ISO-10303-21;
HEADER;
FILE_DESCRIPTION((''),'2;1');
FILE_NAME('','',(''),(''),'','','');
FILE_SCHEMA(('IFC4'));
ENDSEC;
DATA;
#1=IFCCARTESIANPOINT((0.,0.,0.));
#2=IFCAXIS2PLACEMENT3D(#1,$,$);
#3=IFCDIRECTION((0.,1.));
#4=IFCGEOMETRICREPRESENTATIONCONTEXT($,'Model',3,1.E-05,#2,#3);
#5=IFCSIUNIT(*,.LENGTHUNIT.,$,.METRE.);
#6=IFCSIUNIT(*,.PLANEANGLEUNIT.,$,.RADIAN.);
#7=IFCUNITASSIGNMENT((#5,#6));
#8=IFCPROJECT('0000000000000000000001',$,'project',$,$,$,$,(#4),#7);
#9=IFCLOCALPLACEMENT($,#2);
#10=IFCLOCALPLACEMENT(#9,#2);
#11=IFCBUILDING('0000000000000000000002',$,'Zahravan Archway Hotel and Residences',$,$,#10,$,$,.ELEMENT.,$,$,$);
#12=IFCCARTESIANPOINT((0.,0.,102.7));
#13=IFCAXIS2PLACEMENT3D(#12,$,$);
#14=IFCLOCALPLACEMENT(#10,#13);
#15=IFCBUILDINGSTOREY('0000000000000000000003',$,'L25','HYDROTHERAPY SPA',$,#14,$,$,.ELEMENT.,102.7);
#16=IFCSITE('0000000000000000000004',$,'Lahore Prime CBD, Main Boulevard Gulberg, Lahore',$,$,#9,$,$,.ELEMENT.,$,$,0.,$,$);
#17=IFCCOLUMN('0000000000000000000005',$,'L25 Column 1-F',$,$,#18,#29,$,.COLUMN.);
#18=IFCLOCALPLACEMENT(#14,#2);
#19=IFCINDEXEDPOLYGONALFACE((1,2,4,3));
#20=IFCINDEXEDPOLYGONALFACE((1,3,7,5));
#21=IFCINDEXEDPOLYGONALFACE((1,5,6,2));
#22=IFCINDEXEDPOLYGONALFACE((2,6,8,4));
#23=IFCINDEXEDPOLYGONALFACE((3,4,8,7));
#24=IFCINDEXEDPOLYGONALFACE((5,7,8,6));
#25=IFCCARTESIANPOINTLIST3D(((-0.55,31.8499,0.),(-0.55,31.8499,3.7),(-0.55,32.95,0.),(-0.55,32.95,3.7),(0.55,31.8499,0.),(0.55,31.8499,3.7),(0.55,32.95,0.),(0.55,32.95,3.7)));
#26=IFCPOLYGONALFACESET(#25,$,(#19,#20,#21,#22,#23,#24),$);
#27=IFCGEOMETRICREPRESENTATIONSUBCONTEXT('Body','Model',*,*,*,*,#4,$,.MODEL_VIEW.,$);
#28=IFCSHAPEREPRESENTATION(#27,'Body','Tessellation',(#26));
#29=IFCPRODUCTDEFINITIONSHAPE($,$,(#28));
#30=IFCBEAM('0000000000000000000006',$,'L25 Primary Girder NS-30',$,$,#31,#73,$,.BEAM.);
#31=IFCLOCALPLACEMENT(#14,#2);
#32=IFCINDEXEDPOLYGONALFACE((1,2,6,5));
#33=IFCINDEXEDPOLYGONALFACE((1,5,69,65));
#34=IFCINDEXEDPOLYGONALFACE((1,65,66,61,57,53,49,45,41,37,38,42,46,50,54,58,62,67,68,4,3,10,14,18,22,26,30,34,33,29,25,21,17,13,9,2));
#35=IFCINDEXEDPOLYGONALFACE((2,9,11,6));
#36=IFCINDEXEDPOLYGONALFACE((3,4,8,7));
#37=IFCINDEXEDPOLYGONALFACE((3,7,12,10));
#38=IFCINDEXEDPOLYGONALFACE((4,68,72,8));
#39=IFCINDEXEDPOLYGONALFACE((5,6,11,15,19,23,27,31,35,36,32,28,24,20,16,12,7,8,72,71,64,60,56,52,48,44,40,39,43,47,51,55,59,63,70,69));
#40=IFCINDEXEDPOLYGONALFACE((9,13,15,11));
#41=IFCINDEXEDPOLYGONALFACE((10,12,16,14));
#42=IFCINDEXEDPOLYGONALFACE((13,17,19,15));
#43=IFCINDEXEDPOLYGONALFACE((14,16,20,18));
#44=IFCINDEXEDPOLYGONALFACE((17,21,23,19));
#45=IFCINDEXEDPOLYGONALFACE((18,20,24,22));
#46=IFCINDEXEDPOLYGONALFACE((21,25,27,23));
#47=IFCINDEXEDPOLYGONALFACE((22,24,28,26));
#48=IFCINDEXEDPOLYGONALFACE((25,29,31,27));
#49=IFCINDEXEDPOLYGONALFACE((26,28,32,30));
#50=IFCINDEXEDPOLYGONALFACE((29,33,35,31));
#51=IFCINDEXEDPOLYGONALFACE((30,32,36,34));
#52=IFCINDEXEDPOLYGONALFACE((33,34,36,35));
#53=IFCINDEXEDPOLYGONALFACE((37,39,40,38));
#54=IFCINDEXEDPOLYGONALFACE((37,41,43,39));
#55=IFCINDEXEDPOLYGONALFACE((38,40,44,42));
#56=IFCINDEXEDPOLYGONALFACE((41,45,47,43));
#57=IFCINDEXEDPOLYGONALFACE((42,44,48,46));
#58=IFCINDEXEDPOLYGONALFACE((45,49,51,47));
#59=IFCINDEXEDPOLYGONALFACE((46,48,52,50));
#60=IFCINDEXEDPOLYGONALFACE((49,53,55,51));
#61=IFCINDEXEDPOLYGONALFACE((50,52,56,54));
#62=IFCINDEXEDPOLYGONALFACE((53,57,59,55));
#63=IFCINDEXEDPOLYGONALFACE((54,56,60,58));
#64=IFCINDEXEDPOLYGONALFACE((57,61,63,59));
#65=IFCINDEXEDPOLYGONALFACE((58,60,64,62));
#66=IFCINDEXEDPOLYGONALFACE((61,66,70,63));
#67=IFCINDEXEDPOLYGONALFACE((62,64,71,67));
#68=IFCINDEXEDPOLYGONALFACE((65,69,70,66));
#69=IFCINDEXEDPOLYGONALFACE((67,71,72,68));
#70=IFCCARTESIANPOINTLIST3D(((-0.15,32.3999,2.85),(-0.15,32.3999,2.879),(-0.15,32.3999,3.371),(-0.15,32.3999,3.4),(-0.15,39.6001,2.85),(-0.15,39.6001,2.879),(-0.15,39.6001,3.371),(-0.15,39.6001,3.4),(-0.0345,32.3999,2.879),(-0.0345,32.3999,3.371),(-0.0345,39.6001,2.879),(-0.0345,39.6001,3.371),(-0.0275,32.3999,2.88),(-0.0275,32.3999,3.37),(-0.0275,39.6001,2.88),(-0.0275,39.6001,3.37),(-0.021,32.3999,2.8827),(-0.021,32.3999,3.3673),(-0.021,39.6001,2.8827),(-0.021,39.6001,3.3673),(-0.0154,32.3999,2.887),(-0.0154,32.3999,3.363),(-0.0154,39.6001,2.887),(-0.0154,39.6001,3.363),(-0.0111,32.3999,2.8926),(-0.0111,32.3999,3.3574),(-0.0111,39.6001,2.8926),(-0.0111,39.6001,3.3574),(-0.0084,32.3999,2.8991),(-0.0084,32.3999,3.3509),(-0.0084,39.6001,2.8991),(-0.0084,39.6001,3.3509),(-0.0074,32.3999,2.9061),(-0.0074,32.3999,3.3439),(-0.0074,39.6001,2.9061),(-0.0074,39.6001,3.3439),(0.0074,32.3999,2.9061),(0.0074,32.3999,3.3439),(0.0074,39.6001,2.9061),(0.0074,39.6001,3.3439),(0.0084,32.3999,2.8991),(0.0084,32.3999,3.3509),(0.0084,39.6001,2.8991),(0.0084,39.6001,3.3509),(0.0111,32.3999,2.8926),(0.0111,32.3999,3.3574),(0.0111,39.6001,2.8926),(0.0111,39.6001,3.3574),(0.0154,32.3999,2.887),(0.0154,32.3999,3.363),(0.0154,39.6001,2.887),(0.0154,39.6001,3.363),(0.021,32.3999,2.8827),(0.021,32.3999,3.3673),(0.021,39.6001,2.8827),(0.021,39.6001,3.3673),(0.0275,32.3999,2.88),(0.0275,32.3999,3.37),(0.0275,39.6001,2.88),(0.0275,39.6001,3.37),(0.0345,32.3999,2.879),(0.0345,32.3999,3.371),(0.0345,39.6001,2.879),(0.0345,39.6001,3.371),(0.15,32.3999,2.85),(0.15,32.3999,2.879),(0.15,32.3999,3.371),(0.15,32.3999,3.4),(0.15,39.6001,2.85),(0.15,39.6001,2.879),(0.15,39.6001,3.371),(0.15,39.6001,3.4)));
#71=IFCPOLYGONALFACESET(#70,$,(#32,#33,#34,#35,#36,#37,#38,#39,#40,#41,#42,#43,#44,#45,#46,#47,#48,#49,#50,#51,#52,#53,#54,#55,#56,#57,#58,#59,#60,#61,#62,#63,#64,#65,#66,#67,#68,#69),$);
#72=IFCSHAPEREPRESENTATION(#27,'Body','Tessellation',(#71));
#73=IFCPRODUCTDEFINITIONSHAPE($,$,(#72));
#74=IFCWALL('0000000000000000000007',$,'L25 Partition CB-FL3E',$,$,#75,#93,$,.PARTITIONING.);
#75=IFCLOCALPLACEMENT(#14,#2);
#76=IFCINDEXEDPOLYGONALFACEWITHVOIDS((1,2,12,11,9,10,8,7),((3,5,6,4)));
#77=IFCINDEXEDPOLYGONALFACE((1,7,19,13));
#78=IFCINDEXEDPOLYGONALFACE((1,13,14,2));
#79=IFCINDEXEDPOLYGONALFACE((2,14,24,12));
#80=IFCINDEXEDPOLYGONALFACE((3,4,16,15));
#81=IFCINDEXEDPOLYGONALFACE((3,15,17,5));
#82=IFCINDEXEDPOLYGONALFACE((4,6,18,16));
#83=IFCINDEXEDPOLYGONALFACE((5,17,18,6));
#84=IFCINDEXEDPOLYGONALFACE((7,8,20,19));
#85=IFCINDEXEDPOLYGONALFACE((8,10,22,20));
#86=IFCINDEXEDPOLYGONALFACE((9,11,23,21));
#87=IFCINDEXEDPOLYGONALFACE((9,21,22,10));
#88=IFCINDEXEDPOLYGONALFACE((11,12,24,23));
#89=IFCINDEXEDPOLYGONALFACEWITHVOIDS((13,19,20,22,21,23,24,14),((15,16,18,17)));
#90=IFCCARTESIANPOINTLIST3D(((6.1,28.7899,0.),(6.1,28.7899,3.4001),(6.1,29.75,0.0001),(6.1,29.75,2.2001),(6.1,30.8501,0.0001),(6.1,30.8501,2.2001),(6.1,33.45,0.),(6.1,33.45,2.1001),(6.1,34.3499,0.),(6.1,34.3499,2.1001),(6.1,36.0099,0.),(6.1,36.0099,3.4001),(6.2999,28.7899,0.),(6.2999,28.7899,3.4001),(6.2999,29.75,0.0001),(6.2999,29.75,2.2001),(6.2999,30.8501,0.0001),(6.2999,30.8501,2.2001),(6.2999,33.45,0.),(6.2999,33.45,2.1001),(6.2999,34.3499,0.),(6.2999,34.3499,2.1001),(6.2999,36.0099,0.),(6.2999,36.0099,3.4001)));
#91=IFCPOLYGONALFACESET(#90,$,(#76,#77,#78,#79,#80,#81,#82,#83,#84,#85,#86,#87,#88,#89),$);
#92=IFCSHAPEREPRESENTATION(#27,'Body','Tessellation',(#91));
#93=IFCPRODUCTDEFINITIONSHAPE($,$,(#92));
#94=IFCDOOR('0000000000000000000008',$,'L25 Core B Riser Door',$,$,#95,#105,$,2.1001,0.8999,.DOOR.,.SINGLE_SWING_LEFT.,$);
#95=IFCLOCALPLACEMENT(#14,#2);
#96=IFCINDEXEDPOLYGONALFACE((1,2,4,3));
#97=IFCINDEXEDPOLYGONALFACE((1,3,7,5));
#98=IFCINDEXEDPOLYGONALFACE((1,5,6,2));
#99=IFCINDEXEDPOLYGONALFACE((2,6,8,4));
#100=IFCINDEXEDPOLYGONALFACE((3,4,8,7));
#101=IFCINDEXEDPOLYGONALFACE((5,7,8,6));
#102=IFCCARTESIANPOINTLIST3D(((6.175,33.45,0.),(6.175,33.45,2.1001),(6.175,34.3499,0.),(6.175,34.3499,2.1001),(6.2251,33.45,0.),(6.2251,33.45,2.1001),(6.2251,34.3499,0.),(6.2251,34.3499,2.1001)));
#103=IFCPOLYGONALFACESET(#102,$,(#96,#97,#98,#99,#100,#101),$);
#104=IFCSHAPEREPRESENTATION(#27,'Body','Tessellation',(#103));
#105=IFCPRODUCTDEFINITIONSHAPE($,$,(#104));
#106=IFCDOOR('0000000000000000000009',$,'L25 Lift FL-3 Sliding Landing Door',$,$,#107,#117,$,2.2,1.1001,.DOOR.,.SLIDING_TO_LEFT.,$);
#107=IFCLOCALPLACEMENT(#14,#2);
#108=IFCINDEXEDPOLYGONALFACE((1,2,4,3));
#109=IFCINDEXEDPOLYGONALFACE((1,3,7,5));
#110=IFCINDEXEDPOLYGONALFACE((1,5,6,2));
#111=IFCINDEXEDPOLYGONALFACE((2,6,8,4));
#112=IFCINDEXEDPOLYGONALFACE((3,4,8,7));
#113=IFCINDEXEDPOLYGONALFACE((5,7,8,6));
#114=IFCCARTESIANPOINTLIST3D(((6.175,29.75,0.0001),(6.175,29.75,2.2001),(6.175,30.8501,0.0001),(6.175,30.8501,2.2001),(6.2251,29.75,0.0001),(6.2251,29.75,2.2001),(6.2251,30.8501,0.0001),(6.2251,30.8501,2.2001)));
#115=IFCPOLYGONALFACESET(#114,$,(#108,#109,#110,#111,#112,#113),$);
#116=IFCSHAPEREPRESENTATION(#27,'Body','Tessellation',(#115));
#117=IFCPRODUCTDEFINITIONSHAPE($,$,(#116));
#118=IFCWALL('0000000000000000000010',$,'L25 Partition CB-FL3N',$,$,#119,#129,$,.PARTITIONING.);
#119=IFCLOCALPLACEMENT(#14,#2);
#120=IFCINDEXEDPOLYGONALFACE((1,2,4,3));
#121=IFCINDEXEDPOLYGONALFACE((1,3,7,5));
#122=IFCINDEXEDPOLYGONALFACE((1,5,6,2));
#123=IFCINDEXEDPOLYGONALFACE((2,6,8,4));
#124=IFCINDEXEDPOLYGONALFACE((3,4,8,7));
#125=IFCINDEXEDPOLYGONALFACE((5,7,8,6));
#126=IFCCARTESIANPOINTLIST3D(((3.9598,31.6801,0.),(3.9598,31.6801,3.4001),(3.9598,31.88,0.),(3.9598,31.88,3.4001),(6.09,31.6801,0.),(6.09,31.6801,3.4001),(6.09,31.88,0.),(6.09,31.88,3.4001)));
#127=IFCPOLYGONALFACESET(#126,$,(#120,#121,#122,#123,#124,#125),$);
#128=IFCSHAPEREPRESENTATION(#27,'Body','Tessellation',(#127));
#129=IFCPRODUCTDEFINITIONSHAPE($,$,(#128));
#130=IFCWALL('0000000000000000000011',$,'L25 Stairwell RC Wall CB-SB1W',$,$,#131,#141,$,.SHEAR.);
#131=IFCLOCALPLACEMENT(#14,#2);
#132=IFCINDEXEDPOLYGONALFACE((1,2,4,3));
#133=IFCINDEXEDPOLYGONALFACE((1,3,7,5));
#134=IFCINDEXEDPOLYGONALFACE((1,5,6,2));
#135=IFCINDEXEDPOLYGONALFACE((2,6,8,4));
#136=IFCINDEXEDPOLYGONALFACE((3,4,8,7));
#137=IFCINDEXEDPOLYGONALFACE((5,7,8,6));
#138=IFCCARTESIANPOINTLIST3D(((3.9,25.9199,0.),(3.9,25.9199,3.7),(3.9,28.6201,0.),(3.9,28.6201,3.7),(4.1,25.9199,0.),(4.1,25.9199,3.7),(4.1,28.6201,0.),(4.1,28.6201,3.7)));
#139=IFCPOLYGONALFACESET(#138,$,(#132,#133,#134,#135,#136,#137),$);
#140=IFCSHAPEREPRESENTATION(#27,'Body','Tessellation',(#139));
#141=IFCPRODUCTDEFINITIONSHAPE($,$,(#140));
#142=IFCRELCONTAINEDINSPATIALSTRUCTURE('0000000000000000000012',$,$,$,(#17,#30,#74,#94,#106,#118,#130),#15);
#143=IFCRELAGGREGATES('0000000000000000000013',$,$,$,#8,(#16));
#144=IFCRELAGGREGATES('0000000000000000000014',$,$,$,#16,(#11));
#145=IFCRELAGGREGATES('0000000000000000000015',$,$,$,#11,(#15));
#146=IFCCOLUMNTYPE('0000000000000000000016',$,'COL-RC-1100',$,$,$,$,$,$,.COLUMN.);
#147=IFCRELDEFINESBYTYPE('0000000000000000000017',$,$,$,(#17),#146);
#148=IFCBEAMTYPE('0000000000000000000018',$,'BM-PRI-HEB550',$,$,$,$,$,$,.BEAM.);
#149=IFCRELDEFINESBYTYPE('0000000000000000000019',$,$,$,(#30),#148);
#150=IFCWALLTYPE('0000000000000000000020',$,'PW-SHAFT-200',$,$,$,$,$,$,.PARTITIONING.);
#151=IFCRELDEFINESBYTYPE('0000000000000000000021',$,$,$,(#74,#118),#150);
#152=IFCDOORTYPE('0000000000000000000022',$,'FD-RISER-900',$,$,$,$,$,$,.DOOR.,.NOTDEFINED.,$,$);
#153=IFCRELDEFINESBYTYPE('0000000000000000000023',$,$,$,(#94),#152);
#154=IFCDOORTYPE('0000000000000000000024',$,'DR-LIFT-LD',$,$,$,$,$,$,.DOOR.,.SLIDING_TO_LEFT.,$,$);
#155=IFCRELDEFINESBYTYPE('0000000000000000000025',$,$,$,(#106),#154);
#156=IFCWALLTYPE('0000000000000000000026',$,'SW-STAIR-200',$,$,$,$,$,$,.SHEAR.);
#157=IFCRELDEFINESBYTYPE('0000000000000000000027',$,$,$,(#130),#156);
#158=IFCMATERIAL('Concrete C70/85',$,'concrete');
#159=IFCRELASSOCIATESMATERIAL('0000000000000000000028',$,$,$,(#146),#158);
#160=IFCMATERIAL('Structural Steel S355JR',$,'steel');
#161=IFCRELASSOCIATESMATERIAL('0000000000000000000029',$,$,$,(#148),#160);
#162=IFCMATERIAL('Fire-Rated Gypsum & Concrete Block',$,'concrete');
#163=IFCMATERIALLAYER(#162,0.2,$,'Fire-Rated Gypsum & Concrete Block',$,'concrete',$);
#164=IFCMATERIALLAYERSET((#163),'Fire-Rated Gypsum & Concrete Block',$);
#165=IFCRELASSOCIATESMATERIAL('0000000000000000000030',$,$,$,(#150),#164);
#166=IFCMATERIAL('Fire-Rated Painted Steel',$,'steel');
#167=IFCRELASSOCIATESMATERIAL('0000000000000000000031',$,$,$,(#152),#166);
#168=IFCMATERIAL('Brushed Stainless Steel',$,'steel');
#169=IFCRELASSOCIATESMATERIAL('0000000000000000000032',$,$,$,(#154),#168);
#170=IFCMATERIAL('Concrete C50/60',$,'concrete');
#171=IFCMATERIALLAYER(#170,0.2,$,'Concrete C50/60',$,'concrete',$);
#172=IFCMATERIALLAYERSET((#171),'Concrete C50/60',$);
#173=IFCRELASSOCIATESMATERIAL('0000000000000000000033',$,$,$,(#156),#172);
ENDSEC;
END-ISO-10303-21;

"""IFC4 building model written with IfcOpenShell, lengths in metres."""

from ifc_helpers import new_model, si_unit, direction, frame, frame_2d, origin, origin_2d, place, context, subcontext, project, spatial, rectangle, i_section, extrude, source, transform, mapped, material, layer, layer_set, material_profile, profile_set, type_object, type_shapes, element, fill, save


model = new_model("IFC4")

# Units and contexts
model_context = context("Model", 3, precision=1e-05, world=origin(), true_north=direction((0.0, 1.0)))
body_context = subcontext(model_context, "Body", "Model", "MODEL_VIEW")
ifc_project = project(units=[si_unit("LENGTHUNIT", "METRE"), si_unit("PLANEANGLEUNIT", "RADIAN")], contexts=[model_context])

# Site, building, storey
site_placement = place(None, origin())
site = spatial("IfcSite", under=ifc_project, at=site_placement, Name="Lahore Prime CBD, Main Boulevard Gulberg, Lahore", CompositionType="ELEMENT", RefElevation=0.0)
building_placement = place(site_placement, origin())
building = spatial("IfcBuilding", under=site, at=building_placement, Name="Zahravan Archway Hotel and Residences", CompositionType="ELEMENT")
storey_placement = place(building_placement, frame((0.0, 0.0, 102.7)))
storey = spatial("IfcBuildingStorey", under=building, at=storey_placement, Name="L25", Description="HYDROTHERAPY SPA", CompositionType="ELEMENT", Elevation=102.7)

# Column
ifc_material_1 = material(Name="Concrete C70/85", Category="concrete")
ifc_material_profile_1 = material_profile(ifc_material_1, rectangle(XDim=1.1001, YDim=1.1001, at=origin_2d()), Name="RC 1100x1100", Category="concrete")
ifc_profile_set_1 = profile_set([ifc_material_profile_1], Name="Concrete C70/85")
column_type = type_object("IfcColumnType", Name="COL-RC-1100", PredefinedType="COLUMN", material=ifc_profile_set_1)
shared_shape_1 = source(origin(), body_context, "Body", "SweptSolid", [
    extrude(rectangle(XDim=1.1001, YDim=1.1001, at=origin_2d()), origin(), (0.0, 0.0, 1.0), 3.7),
])
column_placement = place(storey_placement, frame((0.0, 32.3999, 0.0), z_axis=(0.0, 0.0, 1.0), x_axis=(1.0, 0.0, 0.0)))
element("IfcColumn", 1, at=column_placement, inside=storey, type_object=column_type, Name="L25 Column 1-F", PredefinedType="COLUMN", context=body_context, shape_type="MappedRepresentation", body=[
    mapped(shared_shape_1, transform((0.0, 0.0, 0.0), scale=1.0)),
])

# Beam
ifc_material_2 = material(Name="Structural Steel S355JR", Category="steel")
ifc_material_profile_2 = material_profile(ifc_material_2, i_section(OverallWidth=0.3, OverallDepth=0.55, WebThickness=0.0149, FlangeThickness=0.0291, FilletRadius=0.0271, at=origin_2d()), Name="HEB 550", Category="steel")
ifc_profile_set_2 = profile_set([ifc_material_profile_2], Name="Structural Steel S355JR")
beam_type = type_object("IfcBeamType", Name="BM-PRI-HEB550", PredefinedType="BEAM", material=ifc_profile_set_2)
shared_shape_2 = source(origin(), body_context, "Body", "SweptSolid", [
    extrude(i_section(OverallWidth=0.3, OverallDepth=0.55, WebThickness=0.0149, FlangeThickness=0.0291, FilletRadius=0.0271, at=origin_2d()), origin(), (0.0, 0.0, 1.0), 7.2002),
])
type_shapes(beam_type, [shared_shape_2])
beam_placement = place(storey_placement, frame((0.0, 32.3999, 3.125), z_axis=(0.0, 1.0, 0.0), x_axis=(-1.0, 0.0, 0.0)))
element("IfcBeam", 2, at=beam_placement, inside=storey, type_object=beam_type, Name="L25 Primary Girder NS-30", PredefinedType="BEAM", context=body_context, shape_type="MappedRepresentation", body=[
    mapped(shared_shape_2, transform((0.0, 0.0, 0.0), scale=1.0)),
])

# Wall, openings, doors
ifc_material_3 = material(Name="Fire-Rated Gypsum & Concrete Block", Category="concrete")
ifc_layer_1 = layer(ifc_material_3, 0.2, Name="Fire-Rated Gypsum & Concrete Block", Category="concrete")
ifc_layer_set_1 = layer_set([ifc_layer_1], Name="Fire-Rated Gypsum & Concrete Block")
wall_type_1 = type_object("IfcWallType", Name="PW-SHAFT-200", PredefinedType="PARTITIONING", material=ifc_layer_set_1)
wall_1_placement = place(storey_placement, frame((6.2, 28.79, 0.0), z_axis=(0.0, 0.0, 1.0), x_axis=(0.0, 1.0, 0.0)))
wall_1 = element("IfcWall", 3, at=wall_1_placement, inside=storey, type_object=wall_type_1, Name="L25 Partition CB-FL3E", PredefinedType="PARTITIONING", context=body_context, shape_type="SweptSolid", body=[
    extrude(rectangle(XDim=7.22, YDim=0.2, at=frame_2d((3.6099, 0.0))), origin(), (0.0, 0.0, 1.0), 3.4001),
])
opening_1_placement = place(wall_1_placement, frame((4.6599, 0.0, 0.0)))
opening_1 = element("IfcOpeningElement", 4, at=opening_1_placement, cuts=wall_1, PredefinedType="OPENING", context=body_context, shape_type="SweptSolid", body=[
    extrude(rectangle(XDim=0.8999, YDim=2.1001, at=frame_2d((0.45, 1.05))), frame((0.0, 0.1099, 0.0), z_axis=(0.0, -1.0, 0.0), x_axis=(1.0, 0.0, 0.0)), (0.0, 0.0, 1.0), 0.22),
])
opening_2_placement = place(wall_1_placement, frame((0.96, 0.0, 0.0)))
opening_2 = element("IfcOpeningElement", 5, at=opening_2_placement, cuts=wall_1, PredefinedType="OPENING", context=body_context, shape_type="SweptSolid", body=[
    extrude(rectangle(XDim=1.1001, YDim=2.2, at=frame_2d((0.55, 1.1001))), frame((0.0, 0.1099, 0.0), z_axis=(0.0, -1.0, 0.0), x_axis=(1.0, 0.0, 0.0)), (0.0, 0.0, 1.0), 0.22),
])
ifc_material_4 = material(Name="Fire-Rated Painted Steel", Category="steel")
door_type_1 = type_object("IfcDoorType", Name="FD-RISER-900", OperationType="NOTDEFINED", PredefinedType="DOOR", material=ifc_material_4)
shared_shape_3 = source(origin(), body_context, "Body", "SweptSolid", [
    extrude(rectangle(XDim=0.8999, YDim=2.1001, at=frame_2d((0.45, 1.05))), frame((0.0, 0.0249, 0.0), z_axis=(0.0, -1.0, 0.0), x_axis=(1.0, 0.0, 0.0)), (0.0, 0.0, 1.0), 0.05),
])
type_shapes(door_type_1, [shared_shape_3])
door_1_placement = place(opening_1_placement, origin())
door_1 = element("IfcDoor", 6, at=door_1_placement, inside=storey, type_object=door_type_1, Name="L25 Core B Riser Door", OperationType="SINGLE_SWING_LEFT", OverallHeight=2.1001, OverallWidth=0.8999, PredefinedType="DOOR", context=body_context, shape_type="MappedRepresentation", body=[
    mapped(shared_shape_3, transform((0.0, 0.0, 0.0), scale=1.0)),
])
fill(opening_1, door_1)
ifc_material_5 = material(Name="Brushed Stainless Steel", Category="steel")
door_type_2 = type_object("IfcDoorType", Name="DR-LIFT-LD", OperationType="SLIDING_TO_LEFT", PredefinedType="DOOR", material=ifc_material_5)
shared_shape_4 = source(origin(), body_context, "Body", "SweptSolid", [
    extrude(rectangle(XDim=1.1001, YDim=2.2, at=frame_2d((0.55, 1.1001))), frame((0.0, 0.0249, 0.0), z_axis=(0.0, -1.0, 0.0), x_axis=(1.0, 0.0, 0.0)), (0.0, 0.0, 1.0), 0.05),
])
type_shapes(door_type_2, [shared_shape_4])
door_2_placement = place(opening_2_placement, origin())
door_2 = element("IfcDoor", 7, at=door_2_placement, inside=storey, type_object=door_type_2, Name="L25 Lift FL-3 Sliding Landing Door", OperationType="SLIDING_TO_LEFT", OverallHeight=2.2, OverallWidth=1.1001, PredefinedType="DOOR", context=body_context, shape_type="MappedRepresentation", body=[
    mapped(shared_shape_4, transform((0.0, 0.0, 0.0), scale=1.0)),
])
fill(opening_2, door_2)

# Walls
wall_2_placement = place(storey_placement, frame((3.96, 31.78, 0.0), z_axis=(0.0, 0.0, 1.0), x_axis=(1.0, 0.0, 0.0)))
element("IfcWall", 8, at=wall_2_placement, inside=storey, type_object=wall_type_1, Name="L25 Partition CB-FL3N", PredefinedType="PARTITIONING", context=body_context, shape_type="SweptSolid", body=[
    extrude(rectangle(XDim=2.1301, YDim=0.2, at=frame_2d((1.0649, 0.0))), origin(), (0.0, 0.0, 1.0), 3.4001),
])
ifc_material_6 = material(Name="Concrete C50/60", Category="concrete")
ifc_layer_2 = layer(ifc_material_6, 0.2, Name="Concrete C50/60", Category="concrete")
ifc_layer_set_2 = layer_set([ifc_layer_2], Name="Concrete C50/60")
wall_type_2 = type_object("IfcWallType", Name="SW-STAIR-200", PredefinedType="SHEAR", material=ifc_layer_set_2)
wall_3_placement = place(storey_placement, frame((4.0, 25.9199, 0.0), z_axis=(0.0, 0.0, 1.0), x_axis=(0.0, 1.0, 0.0)))
element("IfcWall", 9, at=wall_3_placement, inside=storey, type_object=wall_type_2, Name="L25 Stairwell RC Wall CB-SB1W", PredefinedType="SHEAR", context=body_context, shape_type="SweptSolid", body=[
    extrude(rectangle(XDim=2.7002, YDim=0.2, at=frame_2d((1.3501, 0.0))), origin(), (0.0, 0.0, 1.0), 3.7),
])

save(model, "model.ifc")
